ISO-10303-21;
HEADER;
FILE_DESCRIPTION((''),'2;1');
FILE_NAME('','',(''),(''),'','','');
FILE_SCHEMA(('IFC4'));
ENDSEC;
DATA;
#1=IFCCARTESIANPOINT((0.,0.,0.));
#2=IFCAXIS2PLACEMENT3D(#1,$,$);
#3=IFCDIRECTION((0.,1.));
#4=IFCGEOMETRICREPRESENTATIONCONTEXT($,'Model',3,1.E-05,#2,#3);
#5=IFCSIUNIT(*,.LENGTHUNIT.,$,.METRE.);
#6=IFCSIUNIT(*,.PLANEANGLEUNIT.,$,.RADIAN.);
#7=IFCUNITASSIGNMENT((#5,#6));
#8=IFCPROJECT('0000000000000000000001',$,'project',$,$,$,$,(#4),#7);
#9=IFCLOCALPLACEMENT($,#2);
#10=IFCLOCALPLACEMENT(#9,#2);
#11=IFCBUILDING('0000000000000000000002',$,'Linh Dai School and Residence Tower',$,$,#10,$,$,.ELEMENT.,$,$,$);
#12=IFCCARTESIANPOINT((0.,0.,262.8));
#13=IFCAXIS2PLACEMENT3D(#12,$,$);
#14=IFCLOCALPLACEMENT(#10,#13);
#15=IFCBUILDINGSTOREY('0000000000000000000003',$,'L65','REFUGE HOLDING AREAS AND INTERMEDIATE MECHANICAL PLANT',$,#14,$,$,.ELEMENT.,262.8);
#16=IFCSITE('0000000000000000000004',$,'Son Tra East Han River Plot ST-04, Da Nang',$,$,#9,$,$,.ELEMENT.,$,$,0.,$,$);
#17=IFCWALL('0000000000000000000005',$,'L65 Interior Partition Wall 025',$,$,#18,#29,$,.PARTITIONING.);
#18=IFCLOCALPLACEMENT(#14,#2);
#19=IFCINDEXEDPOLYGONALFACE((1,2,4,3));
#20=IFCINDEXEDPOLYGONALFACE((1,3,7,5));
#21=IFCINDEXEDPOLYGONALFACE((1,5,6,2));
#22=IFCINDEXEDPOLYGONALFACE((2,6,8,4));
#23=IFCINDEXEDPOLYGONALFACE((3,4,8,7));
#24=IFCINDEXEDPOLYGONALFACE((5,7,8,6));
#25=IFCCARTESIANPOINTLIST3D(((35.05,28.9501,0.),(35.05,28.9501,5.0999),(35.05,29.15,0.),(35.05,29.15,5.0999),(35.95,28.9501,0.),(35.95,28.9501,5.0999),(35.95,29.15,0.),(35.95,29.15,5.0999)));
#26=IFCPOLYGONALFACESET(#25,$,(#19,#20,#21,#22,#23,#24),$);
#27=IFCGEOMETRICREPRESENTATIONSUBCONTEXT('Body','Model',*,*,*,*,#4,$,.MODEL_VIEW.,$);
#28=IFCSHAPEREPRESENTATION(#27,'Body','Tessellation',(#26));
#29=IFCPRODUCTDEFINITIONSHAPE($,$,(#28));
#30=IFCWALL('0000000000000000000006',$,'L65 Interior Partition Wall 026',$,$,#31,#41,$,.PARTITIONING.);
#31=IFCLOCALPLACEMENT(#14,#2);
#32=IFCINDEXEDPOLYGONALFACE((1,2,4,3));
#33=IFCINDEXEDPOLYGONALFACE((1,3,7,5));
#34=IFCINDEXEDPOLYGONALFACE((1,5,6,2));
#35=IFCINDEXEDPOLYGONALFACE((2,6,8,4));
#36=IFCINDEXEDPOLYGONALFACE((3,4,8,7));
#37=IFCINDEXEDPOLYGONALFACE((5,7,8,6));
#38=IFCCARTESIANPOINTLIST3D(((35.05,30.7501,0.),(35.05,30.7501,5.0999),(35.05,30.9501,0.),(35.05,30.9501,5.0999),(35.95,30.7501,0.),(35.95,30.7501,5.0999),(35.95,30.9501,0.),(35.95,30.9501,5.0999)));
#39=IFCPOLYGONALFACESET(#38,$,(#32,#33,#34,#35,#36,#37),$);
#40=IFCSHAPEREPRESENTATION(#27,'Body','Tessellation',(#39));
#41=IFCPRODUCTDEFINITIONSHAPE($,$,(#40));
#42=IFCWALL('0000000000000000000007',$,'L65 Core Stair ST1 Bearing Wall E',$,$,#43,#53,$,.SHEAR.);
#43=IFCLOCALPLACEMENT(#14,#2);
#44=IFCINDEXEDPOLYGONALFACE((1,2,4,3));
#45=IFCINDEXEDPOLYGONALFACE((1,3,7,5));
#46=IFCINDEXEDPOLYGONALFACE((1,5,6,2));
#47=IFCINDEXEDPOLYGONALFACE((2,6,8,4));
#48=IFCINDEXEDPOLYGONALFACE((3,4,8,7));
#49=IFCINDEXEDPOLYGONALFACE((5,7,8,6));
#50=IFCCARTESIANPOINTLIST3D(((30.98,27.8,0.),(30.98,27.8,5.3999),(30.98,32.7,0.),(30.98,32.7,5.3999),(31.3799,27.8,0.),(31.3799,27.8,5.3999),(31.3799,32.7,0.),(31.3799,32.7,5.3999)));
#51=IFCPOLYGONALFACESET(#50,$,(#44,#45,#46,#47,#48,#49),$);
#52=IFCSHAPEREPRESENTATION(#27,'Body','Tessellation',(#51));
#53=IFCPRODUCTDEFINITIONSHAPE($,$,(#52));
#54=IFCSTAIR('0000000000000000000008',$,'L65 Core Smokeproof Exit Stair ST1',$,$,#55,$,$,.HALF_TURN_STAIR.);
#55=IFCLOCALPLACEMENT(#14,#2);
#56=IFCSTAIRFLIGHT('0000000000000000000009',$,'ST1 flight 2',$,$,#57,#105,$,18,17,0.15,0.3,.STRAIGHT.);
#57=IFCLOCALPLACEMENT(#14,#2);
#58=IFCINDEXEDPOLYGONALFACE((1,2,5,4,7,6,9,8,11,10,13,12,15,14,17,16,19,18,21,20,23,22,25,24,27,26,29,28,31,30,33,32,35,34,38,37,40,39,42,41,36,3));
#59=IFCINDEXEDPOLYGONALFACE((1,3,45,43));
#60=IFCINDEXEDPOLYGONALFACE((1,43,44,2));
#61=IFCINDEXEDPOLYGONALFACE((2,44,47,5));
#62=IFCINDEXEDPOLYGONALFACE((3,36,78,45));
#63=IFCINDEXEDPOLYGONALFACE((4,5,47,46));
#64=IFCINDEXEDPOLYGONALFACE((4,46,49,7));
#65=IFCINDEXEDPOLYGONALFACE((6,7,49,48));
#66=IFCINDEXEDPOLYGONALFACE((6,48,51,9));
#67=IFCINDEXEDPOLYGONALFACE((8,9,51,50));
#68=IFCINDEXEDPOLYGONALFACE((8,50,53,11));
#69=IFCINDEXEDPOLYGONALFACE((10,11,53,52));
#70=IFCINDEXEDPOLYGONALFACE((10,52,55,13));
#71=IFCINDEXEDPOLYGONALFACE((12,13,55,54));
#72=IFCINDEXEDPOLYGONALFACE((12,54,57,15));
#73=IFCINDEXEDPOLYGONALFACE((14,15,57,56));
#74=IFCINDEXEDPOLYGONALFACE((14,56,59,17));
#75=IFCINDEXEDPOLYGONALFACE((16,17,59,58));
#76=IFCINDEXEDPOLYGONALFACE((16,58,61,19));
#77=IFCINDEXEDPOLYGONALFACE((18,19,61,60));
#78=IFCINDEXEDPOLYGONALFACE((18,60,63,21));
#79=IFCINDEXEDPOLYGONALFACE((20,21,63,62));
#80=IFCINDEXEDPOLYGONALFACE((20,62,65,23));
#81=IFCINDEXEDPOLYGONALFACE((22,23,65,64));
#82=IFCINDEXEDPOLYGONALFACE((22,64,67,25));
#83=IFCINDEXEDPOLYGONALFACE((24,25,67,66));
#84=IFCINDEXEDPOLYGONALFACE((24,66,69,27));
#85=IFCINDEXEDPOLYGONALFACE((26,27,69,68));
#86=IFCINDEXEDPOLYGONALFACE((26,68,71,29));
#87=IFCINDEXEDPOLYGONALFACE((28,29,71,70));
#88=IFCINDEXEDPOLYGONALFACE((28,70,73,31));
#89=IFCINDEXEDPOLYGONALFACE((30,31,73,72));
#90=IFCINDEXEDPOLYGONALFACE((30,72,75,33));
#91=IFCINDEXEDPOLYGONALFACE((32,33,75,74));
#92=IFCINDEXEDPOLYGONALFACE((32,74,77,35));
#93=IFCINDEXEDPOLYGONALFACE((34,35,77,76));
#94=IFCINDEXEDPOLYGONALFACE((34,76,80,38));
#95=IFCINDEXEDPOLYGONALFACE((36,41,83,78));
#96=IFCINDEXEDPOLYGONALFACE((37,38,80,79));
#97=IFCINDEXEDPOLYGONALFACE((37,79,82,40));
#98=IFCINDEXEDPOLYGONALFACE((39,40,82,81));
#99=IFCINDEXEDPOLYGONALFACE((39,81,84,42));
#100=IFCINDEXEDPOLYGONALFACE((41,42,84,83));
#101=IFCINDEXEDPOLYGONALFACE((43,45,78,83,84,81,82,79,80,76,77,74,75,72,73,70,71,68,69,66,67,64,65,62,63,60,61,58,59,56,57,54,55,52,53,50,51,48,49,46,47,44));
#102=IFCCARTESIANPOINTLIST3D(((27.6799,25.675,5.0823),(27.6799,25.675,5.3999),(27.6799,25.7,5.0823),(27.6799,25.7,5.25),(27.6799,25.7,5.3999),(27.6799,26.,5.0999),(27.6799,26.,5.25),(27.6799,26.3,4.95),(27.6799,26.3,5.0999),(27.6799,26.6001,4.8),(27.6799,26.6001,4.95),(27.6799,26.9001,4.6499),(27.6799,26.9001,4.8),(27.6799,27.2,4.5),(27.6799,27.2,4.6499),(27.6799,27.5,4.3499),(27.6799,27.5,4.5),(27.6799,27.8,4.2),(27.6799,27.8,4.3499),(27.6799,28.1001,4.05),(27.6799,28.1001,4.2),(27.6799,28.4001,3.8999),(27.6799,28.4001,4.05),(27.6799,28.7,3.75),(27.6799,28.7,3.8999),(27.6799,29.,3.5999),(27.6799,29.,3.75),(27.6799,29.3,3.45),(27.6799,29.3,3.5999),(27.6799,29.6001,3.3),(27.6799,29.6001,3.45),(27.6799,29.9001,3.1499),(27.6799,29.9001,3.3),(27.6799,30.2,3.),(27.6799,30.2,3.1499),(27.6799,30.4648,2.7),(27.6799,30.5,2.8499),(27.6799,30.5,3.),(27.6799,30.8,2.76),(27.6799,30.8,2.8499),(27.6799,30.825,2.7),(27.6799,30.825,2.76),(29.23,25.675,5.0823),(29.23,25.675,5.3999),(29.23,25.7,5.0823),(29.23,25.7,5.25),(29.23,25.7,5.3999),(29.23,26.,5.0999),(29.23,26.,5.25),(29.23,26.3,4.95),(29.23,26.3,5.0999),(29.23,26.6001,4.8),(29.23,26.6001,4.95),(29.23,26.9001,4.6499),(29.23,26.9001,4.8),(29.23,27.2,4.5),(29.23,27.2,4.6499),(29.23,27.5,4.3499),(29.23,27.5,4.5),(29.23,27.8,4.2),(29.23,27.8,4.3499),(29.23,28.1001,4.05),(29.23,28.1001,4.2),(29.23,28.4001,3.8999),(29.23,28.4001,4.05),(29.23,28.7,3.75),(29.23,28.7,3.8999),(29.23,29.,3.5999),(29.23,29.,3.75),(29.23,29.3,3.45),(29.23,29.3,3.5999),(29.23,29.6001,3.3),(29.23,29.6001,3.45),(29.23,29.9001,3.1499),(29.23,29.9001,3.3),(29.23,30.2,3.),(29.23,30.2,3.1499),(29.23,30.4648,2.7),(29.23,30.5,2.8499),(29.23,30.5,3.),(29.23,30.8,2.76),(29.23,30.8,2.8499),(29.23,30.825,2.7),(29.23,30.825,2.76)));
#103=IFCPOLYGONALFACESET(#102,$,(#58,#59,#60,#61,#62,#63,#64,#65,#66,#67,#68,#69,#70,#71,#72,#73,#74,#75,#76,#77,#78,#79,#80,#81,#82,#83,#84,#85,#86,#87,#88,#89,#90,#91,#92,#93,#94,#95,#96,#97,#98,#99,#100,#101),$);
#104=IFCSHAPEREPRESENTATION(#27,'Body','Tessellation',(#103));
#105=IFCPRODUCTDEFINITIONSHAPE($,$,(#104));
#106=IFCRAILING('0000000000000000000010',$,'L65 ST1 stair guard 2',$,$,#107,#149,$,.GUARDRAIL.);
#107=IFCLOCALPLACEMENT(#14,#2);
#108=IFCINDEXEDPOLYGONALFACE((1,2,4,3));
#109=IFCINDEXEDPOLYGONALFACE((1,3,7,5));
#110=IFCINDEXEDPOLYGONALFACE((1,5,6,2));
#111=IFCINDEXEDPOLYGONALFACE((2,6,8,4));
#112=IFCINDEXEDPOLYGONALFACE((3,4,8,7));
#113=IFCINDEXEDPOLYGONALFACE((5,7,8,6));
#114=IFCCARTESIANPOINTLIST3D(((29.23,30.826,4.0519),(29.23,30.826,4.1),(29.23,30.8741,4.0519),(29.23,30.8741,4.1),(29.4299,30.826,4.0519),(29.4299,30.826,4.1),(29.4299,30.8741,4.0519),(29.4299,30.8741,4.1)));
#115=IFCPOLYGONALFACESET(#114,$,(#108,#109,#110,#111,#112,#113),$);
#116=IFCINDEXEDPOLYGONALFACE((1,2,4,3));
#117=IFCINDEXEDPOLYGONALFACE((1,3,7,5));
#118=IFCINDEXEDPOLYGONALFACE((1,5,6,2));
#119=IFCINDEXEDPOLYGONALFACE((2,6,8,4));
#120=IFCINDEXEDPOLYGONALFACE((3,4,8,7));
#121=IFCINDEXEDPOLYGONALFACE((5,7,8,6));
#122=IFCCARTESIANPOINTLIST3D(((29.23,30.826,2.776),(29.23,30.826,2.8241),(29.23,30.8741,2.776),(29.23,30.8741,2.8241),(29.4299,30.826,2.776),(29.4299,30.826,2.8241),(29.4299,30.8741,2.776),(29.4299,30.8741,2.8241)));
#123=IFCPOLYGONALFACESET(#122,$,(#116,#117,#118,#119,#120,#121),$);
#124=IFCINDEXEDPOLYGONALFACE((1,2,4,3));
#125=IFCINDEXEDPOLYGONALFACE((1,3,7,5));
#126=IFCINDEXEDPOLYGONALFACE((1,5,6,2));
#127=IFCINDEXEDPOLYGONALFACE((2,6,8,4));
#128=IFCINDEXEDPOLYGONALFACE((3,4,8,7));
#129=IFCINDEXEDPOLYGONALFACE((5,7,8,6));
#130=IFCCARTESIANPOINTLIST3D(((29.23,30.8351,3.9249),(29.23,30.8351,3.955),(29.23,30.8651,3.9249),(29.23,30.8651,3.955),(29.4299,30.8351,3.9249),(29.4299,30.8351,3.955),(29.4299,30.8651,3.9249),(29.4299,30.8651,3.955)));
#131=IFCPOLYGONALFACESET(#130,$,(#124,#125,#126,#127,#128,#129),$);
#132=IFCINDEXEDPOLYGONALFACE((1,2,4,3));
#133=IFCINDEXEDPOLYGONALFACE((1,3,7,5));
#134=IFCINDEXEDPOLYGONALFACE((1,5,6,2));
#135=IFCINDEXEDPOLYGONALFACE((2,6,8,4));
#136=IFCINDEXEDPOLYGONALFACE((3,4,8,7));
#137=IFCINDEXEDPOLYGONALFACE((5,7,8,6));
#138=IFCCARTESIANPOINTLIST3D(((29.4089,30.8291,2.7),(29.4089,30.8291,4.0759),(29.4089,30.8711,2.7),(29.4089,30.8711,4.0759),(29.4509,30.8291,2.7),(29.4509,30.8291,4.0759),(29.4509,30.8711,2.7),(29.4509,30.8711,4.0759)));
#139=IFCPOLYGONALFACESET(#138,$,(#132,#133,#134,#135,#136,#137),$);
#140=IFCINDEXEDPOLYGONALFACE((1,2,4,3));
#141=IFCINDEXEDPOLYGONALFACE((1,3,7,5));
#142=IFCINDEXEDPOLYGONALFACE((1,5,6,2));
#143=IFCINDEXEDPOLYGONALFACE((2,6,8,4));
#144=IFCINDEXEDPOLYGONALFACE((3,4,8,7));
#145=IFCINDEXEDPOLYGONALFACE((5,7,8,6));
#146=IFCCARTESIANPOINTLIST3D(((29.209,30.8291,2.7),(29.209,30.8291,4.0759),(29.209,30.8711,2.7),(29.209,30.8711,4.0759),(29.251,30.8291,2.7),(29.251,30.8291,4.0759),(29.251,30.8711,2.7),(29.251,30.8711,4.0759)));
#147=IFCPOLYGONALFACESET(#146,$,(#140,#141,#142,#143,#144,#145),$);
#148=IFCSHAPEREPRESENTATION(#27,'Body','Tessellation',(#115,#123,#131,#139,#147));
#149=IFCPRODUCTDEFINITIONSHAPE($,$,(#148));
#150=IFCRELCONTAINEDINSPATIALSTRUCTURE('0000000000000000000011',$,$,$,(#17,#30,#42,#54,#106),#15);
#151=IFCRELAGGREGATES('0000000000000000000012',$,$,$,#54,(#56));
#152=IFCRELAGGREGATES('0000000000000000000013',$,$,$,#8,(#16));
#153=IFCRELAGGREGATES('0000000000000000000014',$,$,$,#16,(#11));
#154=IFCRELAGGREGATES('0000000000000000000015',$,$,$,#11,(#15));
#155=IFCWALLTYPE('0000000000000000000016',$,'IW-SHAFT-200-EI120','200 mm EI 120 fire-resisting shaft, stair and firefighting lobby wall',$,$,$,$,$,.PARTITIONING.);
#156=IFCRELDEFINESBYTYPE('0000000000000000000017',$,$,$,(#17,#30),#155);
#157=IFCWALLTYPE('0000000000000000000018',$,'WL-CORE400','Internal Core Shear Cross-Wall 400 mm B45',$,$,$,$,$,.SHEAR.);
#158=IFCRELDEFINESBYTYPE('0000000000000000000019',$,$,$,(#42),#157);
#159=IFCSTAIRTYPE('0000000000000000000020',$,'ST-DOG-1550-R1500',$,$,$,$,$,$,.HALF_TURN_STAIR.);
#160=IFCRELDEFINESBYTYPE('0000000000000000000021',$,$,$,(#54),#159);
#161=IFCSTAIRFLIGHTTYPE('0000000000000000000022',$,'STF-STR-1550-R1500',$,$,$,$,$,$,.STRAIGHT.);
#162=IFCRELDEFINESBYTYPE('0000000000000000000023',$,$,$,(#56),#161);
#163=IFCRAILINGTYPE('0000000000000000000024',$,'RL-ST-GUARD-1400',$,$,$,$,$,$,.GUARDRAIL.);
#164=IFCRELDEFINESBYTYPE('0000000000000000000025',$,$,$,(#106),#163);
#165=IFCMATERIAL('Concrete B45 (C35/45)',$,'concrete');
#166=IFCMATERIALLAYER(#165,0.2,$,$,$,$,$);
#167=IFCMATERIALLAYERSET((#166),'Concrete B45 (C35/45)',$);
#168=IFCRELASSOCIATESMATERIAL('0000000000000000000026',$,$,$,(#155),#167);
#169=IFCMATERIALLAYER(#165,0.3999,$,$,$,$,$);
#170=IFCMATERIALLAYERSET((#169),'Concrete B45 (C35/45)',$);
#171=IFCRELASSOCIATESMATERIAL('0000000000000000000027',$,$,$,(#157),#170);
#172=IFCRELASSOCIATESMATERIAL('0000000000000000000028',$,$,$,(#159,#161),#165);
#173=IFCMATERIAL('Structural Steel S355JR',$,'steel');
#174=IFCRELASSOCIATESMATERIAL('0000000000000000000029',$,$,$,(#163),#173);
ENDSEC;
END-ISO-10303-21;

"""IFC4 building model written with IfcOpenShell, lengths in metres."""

from ifc_helpers import new_model, si_unit, direction, frame, frame_2d, origin, origin_2d, place, context, subcontext, project, spatial, polyline, rectangle, outline, extrude, source, transform, mapped, material, layer, layer_set, type_object, element, aggregate, save


model = new_model("IFC4")

# Units and contexts
model_context = context("Model", 3, precision=1e-05, world=origin(), true_north=direction((0.0, 1.0)))
body_context = subcontext(model_context, "Body", "Model", "MODEL_VIEW")
ifc_project = project(units=[si_unit("LENGTHUNIT", "METRE"), si_unit("PLANEANGLEUNIT", "RADIAN")], contexts=[model_context])

# Site, building, storey
site_placement = place(None, origin())
site = spatial("IfcSite", under=ifc_project, at=site_placement, Name="Son Tra East Han River Plot ST-04, Da Nang", CompositionType="ELEMENT", RefElevation=0.0)
building_placement = place(site_placement, origin())
building = spatial("IfcBuilding", under=site, at=building_placement, Name="Linh Dai School and Residence Tower", CompositionType="ELEMENT")
storey_placement = place(building_placement, frame((0.0, 0.0, 262.8)))
storey = spatial("IfcBuildingStorey", under=building, at=storey_placement, Name="L65", Description="REFUGE HOLDING AREAS AND INTERMEDIATE MECHANICAL PLANT", CompositionType="ELEMENT", Elevation=262.8)

# Shared definitions
ifc_material_1 = material(Name="Structural Steel S355JR", Category="steel")

# Shared definitions
ifc_material_2 = material(Name="Concrete B45 (C35/45)", Category="concrete")
ifc_layer_1 = layer(ifc_material_2, 0.2)
ifc_layer_set_1 = layer_set([ifc_layer_1], Name="Concrete B45 (C35/45)")
wall_type_1 = type_object("IfcWallType", Name="IW-SHAFT-200-EI120", Description="200 mm EI 120 fire-resisting shaft, stair and firefighting lobby wall", PredefinedType="PARTITIONING", material=ifc_layer_set_1)

# Walls
for number, where, z_axis, x_axis, name in (
    (1, (35.05, 29.05, 0.0), (0.0, 0.0, 1.0), (1.0, 0.0, 0.0), "L65 Interior Partition Wall 025"),
    (2, (35.05, 30.8501, 0.0), (0.0, 0.0, 1.0), (1.0, 0.0, 0.0), "L65 Interior Partition Wall 026"),
):
    element("IfcWall", number, at=place(storey_placement, frame(where, z_axis=z_axis, x_axis=x_axis)), inside=storey, type_object=wall_type_1, Name=name, PredefinedType="PARTITIONING", context=body_context, shape_type="SweptSolid", body=[
        extrude(rectangle(XDim=0.8999, YDim=0.2, at=frame_2d((0.45, 0.0))), origin(), (0.0, 0.0, 1.0), 5.0999),
    ])
ifc_layer_2 = layer(ifc_material_2, 0.3999)
ifc_layer_set_2 = layer_set([ifc_layer_2], Name="Concrete B45 (C35/45)")
wall_type_2 = type_object("IfcWallType", Name="WL-CORE400", Description="Internal Core Shear Cross-Wall 400 mm B45", PredefinedType="SHEAR", material=ifc_layer_set_2)
wall_1_placement = place(storey_placement, frame((31.1799, 27.8, 0.0), z_axis=(0.0, 0.0, 1.0), x_axis=(0.0, 1.0, 0.0)))
element("IfcWall", 3, at=wall_1_placement, inside=storey, type_object=wall_type_2, Name="L65 Core Stair ST1 Bearing Wall E", PredefinedType="SHEAR", context=body_context, shape_type="SweptSolid", body=[
    extrude(rectangle(XDim=4.8999, YDim=0.3999, at=frame_2d((2.45, 0.0))), origin(), (0.0, 0.0, 1.0), 5.3999),
])

# Stair, stair flight
stair_type = type_object("IfcStairType", Name="ST-DOG-1550-R1500", PredefinedType="HALF_TURN_STAIR", material=ifc_material_2)
stair_placement = place(storey_placement, origin())
stair = element("IfcStair", 4, at=stair_placement, inside=storey, type_object=stair_type, Name="L65 Core Smokeproof Exit Stair ST1", PredefinedType="HALF_TURN_STAIR")
stair_flight_type = type_object("IfcStairFlightType", Name="STF-STR-1550-R1500", PredefinedType="STRAIGHT", material=ifc_material_2)
shared_shape_1 = source(origin(), body_context, "Body", "SweptSolid", [
    extrude(outline(polyline([(-0.0249, 0.0), (-0.0249, 0.0601), (0.0, 0.0601), (0.0, 0.1499), (0.3, 0.1499), (0.3, 0.3), (0.6001, 0.3), (0.6001, 0.45), (0.8999, 0.45), (0.8999, 0.6001), (1.2, 0.6001), (1.2, 0.75), (1.5, 0.75), (1.5, 0.8999), (1.8, 0.8999), (1.8, 1.05), (2.1001, 1.05), (2.1001, 1.2), (2.3999, 1.2), (2.3999, 1.3501), (2.7, 1.3501), (2.7, 1.5), (3.0, 1.5), (3.0, 1.6499), (3.3, 1.6499), (3.3, 1.8), (3.6001, 1.8), (3.6001, 1.95), (3.8999, 1.95), (3.8999, 2.1001), (4.2, 2.1001), (4.2, 2.25), (4.5, 2.25), (4.5, 2.3999), (4.8, 2.3999), (4.8, 2.55), (5.1001, 2.55), (5.1001, 2.7), (5.125, 2.7), (5.125, 2.3823), (5.1001, 2.3823), (0.3352, 0.0), (-0.0249, 0.0)])), frame((0.0, 0.7749, 0.0), z_axis=(0.0, -1.0, 0.0), x_axis=(1.0, 0.0, 0.0)), (0.0, 0.0, 1.0), 1.55),
])
stair_flight_placement = place(storey_placement, frame((28.4551, 30.8, 2.7), z_axis=(0.0, 0.0, 1.0), x_axis=(0.0, -1.0, 0.0)))
stair_flight = element("IfcStairFlight", 5, at=stair_flight_placement, type_object=stair_flight_type, Name="ST1 flight 2", NumberOfRisers=18, NumberOfTreads=17, PredefinedType="STRAIGHT", RiserHeight=0.15, TreadLength=0.3, context=body_context, shape_type="MappedRepresentation", body=[
    mapped(shared_shape_1, transform((0.0, 0.0, 0.0), x_axis=(1.0, 0.0, 0.0), y_axis=(0.0, 1.0, 0.0), z_axis=(0.0, 0.0, 1.0), scale=1.0)),
])
aggregate(stair, [stair_flight])

# Railing
railing_type_1 = type_object("IfcRailingType", Name="RL-ST-GUARD-1400", PredefinedType="GUARDRAIL", material=ifc_material_1)
shared_shape_2 = source(origin(), body_context, "Body", "SweptSolid", [
    extrude(rectangle(XDim=0.0481, YDim=0.0481, at=origin_2d()), frame((0.0, 0.0, 1.376), z_axis=(-1.0, 0.0, 0.0), x_axis=(0.0, -1.0, 0.0)), (0.0, 0.0, 1.0), 0.2),
    extrude(rectangle(XDim=0.0481, YDim=0.0481, at=origin_2d()), frame((0.0, 0.0, 0.1001), z_axis=(-1.0, 0.0, 0.0), x_axis=(0.0, -1.0, 0.0)), (0.0, 0.0, 1.0), 0.2),
    extrude(rectangle(XDim=0.03, YDim=0.03, at=origin_2d()), frame((0.0, 0.0, 1.24), z_axis=(-1.0, 0.0, 0.0), x_axis=(0.0, -1.0, 0.0)), (0.0, 0.0, 1.0), 0.2),
    extrude(rectangle(XDim=0.042, YDim=0.042, at=origin_2d()), origin(), (0.0, 0.0, 1.0), 1.376),
    extrude(rectangle(XDim=0.042, YDim=0.042, at=origin_2d()), frame((-0.2, 0.0, 0.0)), (0.0, 0.0, 1.0), 1.376),
])
railing_1_placement = place(storey_placement, frame((29.4299, 30.8501, 2.7)))
element("IfcRailing", 6, at=railing_1_placement, inside=storey, type_object=railing_type_1, Name="L65 ST1 stair guard 2", PredefinedType="GUARDRAIL", context=body_context, shape_type="MappedRepresentation", body=[
    mapped(shared_shape_2, transform((0.0, 0.0, 0.0), x_axis=(1.0, 0.0, 0.0), y_axis=(0.0, 1.0, 0.0), z_axis=(0.0, 0.0, 1.0), scale=1.0)),
])

save(model, "model.ifc")
